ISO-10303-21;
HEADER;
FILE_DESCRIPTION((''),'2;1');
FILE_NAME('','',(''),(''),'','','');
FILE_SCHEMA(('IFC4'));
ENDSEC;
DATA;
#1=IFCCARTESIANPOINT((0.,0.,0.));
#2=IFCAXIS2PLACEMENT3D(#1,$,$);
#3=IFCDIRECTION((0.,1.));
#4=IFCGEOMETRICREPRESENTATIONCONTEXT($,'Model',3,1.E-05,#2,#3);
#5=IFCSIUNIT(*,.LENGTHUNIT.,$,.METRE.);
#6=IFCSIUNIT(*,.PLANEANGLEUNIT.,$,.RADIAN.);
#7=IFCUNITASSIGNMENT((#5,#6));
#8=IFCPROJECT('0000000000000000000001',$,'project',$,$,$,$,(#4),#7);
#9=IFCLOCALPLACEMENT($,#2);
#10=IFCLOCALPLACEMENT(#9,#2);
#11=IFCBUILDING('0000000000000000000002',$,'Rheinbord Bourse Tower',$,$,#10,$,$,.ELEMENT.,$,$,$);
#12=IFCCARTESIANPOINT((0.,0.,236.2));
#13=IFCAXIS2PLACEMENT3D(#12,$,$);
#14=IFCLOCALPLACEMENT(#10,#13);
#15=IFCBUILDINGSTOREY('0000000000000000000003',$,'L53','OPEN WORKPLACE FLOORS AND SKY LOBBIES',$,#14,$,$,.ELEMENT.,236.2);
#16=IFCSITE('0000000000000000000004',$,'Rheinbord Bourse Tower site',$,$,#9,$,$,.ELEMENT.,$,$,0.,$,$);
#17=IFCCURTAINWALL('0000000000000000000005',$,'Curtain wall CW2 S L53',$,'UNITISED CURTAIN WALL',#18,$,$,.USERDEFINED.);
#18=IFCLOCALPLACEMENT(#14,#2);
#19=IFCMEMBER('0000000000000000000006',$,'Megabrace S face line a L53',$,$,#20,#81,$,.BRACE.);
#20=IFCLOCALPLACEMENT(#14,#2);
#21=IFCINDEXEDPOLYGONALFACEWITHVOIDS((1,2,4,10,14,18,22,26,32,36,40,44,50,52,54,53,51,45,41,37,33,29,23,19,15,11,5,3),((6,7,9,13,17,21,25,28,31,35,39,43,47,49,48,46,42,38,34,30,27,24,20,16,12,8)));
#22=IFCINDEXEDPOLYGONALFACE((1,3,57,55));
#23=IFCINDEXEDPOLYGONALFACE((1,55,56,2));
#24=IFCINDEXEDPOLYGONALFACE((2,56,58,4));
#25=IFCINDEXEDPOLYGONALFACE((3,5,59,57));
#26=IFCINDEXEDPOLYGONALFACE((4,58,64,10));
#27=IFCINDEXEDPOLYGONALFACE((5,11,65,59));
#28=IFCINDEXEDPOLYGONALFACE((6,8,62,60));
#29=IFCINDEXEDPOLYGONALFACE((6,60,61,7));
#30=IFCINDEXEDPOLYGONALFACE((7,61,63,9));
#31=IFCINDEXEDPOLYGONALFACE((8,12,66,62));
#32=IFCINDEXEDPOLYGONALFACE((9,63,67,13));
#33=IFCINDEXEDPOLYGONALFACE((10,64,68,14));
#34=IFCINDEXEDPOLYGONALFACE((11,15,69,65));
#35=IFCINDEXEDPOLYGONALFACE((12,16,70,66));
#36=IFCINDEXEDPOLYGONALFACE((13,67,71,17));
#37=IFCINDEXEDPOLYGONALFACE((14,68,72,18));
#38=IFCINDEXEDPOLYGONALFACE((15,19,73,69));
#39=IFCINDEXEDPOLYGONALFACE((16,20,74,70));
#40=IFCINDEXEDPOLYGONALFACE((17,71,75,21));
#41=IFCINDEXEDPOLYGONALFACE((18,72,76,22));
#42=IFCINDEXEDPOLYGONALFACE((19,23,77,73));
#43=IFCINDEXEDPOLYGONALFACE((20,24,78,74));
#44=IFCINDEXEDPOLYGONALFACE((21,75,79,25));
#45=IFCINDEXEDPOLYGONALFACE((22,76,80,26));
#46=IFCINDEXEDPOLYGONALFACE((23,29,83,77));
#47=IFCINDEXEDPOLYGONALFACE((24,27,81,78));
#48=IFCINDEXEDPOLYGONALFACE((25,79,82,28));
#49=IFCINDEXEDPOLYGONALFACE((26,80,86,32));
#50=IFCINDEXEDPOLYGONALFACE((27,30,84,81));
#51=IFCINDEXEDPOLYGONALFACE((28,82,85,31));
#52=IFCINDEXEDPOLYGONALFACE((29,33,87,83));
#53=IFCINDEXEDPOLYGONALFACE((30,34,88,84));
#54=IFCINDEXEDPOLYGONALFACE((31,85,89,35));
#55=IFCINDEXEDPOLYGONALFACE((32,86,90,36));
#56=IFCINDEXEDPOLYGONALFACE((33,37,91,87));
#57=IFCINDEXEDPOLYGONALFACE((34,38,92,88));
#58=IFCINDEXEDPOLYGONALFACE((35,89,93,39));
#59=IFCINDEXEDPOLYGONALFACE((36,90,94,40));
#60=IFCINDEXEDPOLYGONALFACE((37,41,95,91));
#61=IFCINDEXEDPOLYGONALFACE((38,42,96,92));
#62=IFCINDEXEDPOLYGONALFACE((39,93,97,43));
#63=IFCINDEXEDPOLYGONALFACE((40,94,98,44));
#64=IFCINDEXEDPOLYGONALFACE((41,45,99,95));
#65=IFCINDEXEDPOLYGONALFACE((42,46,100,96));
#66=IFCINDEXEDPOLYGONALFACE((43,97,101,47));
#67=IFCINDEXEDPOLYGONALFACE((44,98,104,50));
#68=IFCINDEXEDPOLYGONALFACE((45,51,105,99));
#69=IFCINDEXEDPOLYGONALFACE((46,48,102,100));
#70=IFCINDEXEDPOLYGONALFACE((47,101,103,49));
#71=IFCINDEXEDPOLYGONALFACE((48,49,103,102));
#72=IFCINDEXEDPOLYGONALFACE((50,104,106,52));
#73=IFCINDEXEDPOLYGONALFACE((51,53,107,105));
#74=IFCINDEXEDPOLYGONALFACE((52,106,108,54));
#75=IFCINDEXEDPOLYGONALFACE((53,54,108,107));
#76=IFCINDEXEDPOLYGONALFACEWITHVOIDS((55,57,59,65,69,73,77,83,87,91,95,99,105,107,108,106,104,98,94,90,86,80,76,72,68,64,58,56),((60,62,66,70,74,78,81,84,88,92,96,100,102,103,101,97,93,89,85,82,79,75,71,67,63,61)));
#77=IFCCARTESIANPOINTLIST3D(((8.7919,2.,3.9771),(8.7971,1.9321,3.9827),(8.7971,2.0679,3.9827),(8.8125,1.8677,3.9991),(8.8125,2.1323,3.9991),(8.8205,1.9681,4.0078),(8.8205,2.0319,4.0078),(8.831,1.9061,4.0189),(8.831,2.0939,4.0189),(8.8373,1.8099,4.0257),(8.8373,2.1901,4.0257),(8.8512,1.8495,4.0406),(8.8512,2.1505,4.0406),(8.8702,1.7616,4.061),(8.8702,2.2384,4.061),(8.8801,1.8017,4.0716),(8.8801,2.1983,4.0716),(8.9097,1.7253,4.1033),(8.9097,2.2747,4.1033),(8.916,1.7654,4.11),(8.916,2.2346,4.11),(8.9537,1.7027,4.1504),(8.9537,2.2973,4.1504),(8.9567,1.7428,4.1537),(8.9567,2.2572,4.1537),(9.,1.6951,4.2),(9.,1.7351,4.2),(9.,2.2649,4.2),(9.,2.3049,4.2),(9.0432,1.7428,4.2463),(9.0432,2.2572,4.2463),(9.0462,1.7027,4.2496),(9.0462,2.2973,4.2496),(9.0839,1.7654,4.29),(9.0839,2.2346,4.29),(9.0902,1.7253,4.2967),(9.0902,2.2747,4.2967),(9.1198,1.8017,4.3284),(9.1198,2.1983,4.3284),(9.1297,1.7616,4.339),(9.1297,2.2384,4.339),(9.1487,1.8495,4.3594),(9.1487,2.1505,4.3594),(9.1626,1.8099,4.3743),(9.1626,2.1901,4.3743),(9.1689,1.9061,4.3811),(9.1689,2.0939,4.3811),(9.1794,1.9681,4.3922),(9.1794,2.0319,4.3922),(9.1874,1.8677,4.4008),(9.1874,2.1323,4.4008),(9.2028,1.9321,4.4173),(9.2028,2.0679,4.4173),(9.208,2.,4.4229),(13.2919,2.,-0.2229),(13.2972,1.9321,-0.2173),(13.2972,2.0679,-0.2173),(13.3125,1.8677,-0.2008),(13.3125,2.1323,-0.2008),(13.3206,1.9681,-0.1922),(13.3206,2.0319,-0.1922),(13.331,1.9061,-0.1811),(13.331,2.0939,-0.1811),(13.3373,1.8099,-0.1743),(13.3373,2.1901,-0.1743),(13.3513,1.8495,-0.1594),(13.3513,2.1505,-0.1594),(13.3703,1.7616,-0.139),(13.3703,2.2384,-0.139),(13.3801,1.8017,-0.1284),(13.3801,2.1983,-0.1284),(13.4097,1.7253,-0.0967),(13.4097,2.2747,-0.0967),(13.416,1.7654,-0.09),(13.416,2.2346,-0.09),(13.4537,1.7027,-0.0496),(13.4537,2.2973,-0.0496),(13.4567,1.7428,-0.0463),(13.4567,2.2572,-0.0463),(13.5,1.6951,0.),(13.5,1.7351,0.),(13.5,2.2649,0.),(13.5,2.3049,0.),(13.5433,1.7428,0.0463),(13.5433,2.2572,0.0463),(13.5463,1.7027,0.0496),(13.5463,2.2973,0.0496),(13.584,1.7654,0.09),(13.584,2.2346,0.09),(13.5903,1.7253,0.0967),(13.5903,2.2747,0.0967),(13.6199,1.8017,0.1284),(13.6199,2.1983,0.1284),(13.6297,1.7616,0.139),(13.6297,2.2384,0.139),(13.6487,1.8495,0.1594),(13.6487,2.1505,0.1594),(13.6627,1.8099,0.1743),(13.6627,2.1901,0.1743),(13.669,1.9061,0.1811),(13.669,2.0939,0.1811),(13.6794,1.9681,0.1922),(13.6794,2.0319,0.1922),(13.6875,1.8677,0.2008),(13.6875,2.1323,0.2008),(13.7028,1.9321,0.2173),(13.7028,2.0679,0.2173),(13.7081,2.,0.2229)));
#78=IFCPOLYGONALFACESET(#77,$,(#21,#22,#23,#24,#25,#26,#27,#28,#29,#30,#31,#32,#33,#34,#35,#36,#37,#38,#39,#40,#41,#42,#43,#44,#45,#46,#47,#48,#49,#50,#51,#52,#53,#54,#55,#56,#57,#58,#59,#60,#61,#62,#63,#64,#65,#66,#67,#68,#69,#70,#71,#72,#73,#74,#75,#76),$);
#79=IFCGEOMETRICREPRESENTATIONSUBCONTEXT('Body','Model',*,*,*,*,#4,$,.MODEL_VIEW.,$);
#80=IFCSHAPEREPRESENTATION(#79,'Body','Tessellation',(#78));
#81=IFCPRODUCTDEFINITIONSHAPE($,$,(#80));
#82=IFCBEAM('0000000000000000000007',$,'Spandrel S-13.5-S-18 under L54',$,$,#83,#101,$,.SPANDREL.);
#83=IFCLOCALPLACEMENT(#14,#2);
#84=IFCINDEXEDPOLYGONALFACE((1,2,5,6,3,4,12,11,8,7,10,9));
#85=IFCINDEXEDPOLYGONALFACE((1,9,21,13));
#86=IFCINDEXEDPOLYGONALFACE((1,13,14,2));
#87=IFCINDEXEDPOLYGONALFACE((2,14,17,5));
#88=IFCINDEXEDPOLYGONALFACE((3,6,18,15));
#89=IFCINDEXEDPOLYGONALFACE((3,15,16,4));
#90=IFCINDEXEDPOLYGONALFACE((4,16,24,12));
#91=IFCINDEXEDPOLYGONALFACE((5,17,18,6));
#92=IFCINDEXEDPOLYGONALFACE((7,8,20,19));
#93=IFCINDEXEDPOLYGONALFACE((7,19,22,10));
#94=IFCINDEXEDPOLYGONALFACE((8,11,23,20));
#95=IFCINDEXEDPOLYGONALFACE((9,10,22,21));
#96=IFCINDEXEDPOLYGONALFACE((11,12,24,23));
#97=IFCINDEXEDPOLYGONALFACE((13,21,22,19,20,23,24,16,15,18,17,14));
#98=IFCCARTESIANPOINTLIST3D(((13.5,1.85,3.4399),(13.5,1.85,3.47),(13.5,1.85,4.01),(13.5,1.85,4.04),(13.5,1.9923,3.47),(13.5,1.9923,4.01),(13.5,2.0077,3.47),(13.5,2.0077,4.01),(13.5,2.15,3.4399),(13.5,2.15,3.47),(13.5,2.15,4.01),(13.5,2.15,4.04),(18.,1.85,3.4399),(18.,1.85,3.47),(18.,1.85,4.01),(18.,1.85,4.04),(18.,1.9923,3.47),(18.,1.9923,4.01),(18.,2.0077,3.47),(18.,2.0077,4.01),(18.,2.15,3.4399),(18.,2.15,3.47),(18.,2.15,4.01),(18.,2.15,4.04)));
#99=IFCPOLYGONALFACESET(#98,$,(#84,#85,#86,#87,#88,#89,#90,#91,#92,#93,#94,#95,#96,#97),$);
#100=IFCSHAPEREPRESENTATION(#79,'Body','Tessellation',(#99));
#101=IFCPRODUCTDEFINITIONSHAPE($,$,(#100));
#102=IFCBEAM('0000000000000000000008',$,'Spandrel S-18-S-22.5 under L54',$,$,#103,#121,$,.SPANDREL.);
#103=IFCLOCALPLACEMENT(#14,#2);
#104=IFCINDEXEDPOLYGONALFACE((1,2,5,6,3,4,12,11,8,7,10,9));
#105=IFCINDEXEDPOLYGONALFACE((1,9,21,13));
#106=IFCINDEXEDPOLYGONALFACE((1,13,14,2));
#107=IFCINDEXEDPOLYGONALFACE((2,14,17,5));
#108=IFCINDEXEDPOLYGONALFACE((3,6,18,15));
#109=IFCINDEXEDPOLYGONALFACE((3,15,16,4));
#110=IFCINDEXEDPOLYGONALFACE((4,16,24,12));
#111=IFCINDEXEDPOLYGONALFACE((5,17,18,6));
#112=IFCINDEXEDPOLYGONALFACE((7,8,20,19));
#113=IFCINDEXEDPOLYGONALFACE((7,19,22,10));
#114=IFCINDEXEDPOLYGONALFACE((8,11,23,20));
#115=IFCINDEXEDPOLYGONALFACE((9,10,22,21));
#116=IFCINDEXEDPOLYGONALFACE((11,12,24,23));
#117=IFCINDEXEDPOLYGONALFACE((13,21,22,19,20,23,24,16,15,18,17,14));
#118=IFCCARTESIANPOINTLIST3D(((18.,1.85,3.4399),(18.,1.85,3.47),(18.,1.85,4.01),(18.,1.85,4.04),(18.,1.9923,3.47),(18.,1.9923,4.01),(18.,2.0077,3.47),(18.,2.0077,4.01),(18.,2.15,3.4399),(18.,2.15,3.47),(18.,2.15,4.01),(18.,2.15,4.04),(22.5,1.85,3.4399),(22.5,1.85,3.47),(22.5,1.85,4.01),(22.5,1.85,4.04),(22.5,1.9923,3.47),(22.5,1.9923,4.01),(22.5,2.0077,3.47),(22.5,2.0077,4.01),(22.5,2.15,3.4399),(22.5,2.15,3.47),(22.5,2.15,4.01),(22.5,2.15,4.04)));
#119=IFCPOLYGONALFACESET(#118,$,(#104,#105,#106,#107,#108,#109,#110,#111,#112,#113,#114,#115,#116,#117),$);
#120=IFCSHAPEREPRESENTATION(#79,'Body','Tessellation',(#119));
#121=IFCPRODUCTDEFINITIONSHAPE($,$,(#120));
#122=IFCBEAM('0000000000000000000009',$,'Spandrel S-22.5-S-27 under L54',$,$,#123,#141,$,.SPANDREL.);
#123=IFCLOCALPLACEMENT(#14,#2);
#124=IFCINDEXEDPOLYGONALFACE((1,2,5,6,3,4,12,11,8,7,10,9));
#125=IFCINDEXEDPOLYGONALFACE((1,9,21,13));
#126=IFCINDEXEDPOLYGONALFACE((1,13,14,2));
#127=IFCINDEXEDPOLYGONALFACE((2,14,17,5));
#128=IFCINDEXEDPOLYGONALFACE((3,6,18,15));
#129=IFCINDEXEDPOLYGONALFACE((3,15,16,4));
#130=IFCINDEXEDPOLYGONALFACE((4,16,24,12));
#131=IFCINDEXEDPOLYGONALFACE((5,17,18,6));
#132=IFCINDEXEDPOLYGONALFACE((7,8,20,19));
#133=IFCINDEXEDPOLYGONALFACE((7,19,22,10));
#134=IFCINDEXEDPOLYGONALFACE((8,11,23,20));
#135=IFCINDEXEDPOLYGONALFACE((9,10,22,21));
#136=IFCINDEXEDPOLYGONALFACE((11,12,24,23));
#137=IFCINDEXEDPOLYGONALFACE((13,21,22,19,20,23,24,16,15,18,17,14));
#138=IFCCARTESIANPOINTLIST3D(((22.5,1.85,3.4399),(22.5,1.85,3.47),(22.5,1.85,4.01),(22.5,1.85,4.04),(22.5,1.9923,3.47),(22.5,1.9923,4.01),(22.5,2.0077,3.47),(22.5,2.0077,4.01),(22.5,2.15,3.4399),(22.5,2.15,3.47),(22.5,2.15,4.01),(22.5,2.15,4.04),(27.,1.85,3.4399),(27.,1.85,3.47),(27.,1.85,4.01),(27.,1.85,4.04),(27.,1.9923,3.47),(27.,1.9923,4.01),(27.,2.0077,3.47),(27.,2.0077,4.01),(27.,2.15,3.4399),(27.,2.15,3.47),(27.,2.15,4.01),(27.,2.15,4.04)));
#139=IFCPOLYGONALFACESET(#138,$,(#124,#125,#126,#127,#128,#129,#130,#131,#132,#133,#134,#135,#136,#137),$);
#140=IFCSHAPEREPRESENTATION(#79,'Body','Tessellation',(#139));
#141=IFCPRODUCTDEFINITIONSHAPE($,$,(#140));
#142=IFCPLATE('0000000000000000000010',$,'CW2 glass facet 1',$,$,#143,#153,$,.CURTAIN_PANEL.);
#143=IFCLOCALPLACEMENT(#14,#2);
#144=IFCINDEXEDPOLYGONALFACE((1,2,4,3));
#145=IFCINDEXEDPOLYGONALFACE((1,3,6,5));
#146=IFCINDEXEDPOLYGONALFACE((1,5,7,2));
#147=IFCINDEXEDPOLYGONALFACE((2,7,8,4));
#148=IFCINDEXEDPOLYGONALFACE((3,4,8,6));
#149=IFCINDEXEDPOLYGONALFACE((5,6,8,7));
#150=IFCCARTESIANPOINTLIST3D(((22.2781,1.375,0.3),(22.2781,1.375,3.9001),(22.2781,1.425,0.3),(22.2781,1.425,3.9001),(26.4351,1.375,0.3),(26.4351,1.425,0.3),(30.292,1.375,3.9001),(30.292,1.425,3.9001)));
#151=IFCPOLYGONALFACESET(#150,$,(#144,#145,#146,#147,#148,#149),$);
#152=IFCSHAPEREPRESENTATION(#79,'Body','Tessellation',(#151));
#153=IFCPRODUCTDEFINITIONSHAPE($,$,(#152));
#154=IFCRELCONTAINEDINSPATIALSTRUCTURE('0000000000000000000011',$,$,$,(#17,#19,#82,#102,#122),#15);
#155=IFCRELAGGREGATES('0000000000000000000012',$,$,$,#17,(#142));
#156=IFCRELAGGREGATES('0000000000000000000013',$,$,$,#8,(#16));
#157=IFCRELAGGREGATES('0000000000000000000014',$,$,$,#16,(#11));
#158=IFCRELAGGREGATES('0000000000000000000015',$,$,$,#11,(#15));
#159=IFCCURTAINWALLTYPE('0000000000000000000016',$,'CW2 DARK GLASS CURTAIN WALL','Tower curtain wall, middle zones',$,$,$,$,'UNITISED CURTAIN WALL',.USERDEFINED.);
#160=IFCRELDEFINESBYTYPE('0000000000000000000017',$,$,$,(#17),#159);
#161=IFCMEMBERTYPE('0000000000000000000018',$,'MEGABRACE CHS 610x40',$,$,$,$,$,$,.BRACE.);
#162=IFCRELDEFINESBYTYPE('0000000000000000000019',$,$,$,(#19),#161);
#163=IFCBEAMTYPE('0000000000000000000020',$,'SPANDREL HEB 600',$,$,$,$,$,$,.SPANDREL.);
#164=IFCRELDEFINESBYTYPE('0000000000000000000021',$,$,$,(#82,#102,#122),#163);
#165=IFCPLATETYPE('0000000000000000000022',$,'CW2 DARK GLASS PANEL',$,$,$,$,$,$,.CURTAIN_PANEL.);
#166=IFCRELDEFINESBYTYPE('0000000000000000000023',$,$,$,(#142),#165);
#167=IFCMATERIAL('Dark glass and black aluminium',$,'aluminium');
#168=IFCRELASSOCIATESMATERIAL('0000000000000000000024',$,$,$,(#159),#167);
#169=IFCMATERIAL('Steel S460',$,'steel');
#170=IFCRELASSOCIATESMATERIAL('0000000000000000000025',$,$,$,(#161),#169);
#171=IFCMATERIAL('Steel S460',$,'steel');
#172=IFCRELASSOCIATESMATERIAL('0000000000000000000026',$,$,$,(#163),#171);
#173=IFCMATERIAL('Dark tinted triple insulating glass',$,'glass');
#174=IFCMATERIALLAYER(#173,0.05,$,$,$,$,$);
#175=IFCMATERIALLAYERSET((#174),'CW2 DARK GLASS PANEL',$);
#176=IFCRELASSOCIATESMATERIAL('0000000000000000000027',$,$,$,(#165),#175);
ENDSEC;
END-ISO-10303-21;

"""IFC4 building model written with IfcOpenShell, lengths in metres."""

from ifc_helpers import new_model, si_unit, direction, frame, origin, origin_2d, place, context, subcontext, project, spatial, polyline, hollow_circle, i_section, outline, extrude, material, layer, layer_set, material_profile, profile_set, type_object, element, aggregate, save


model = new_model("IFC4")

# Units and contexts
model_context = context("Model", 3, precision=1e-05, world=origin(), true_north=direction((0.0, 1.0)))
body_context = subcontext(model_context, "Body", "Model", "MODEL_VIEW")
ifc_project = project(units=[si_unit("LENGTHUNIT", "METRE"), si_unit("PLANEANGLEUNIT", "RADIAN")], contexts=[model_context])

# Site, building, storey
site_placement = place(None, origin())
site = spatial("IfcSite", under=ifc_project, at=site_placement, Name="Rheinbord Bourse Tower site", CompositionType="ELEMENT", RefElevation=0.0)
building_placement = place(site_placement, origin())
building = spatial("IfcBuilding", under=site, at=building_placement, Name="Rheinbord Bourse Tower", CompositionType="ELEMENT")
storey_placement = place(building_placement, frame((0.0, 0.0, 236.2)))
storey = spatial("IfcBuildingStorey", under=building, at=storey_placement, Name="L53", Description="OPEN WORKPLACE FLOORS AND SKY LOBBIES", CompositionType="ELEMENT", Elevation=236.2)

# Curtain wall
ifc_material_1 = material(Name="Dark glass and black aluminium", Category="aluminium")
curtain_wall_type = type_object("IfcCurtainWallType", Name="CW2 DARK GLASS CURTAIN WALL", Description="Tower curtain wall, middle zones", ElementType="UNITISED CURTAIN WALL", PredefinedType="USERDEFINED", material=ifc_material_1)
curtain_wall_placement = place(storey_placement, origin())
curtain_wall = element("IfcCurtainWall", 1, at=curtain_wall_placement, inside=storey, type_object=curtain_wall_type, Name="Curtain wall CW2 S L53", ObjectType="UNITISED CURTAIN WALL", PredefinedType="USERDEFINED")

# Member
ifc_material_2 = material(Name="Steel S460", Category="steel")
ifc_material_profile_1 = material_profile(ifc_material_2, hollow_circle(Radius=0.3049, WallThickness=0.04, at=origin_2d()), Name="CHS 610x40")
ifc_profile_set_1 = profile_set([ifc_material_profile_1], Name="Steel S460")
member_type_1 = type_object("IfcMemberType", Name="MEGABRACE CHS 610x40", PredefinedType="BRACE", material=ifc_profile_set_1)
member_1_placement = place(storey_placement, frame((13.5, 2.0, 0.0), z_axis=(-0.731059, 0.0, 0.682314), x_axis=(0.0, -1.0, 0.0)))
element("IfcMember", 2, at=member_1_placement, inside=storey, type_object=member_type_1, Name="Megabrace S face line a L53", PredefinedType="BRACE", context=body_context, shape_type="SweptSolid", body=[
    extrude(hollow_circle(Radius=0.3049, WallThickness=0.04, at=origin_2d()), origin(), (0.0, 0.0, 1.0), 6.1555),
])

# Beams
ifc_material_3 = material(Name="Steel S460", Category="steel")
ifc_material_profile_2 = material_profile(ifc_material_3, i_section(OverallWidth=0.3, OverallDepth=0.6001, WebThickness=0.0154, FlangeThickness=0.03, at=origin_2d()), Name="HEB 600")
ifc_profile_set_2 = profile_set([ifc_material_profile_2], Name="Steel S460")
beam_type_1 = type_object("IfcBeamType", Name="SPANDREL HEB 600", PredefinedType="SPANDREL", material=ifc_profile_set_2)
for number, where, z_axis, x_axis, name in (
    (3, (13.5, 2.0, 3.74), (1.0, 0.0, 0.0), (0.0, 1.0, 0.0), "Spandrel S-13.5-S-18 under L54"),
    (4, (18.0, 2.0, 3.74), (1.0, 0.0, 0.0), (0.0, 1.0, 0.0), "Spandrel S-18-S-22.5 under L54"),
    (5, (22.5, 2.0, 3.74), (1.0, 0.0, 0.0), (0.0, 1.0, 0.0), "Spandrel S-22.5-S-27 under L54"),
):
    element("IfcBeam", number, at=place(storey_placement, frame(where, z_axis=z_axis, x_axis=x_axis)), inside=storey, type_object=beam_type_1, Name=name, PredefinedType="SPANDREL", context=body_context, shape_type="SweptSolid", body=[
        extrude(i_section(OverallWidth=0.3, OverallDepth=0.6001, WebThickness=0.0154, FlangeThickness=0.03, at=origin_2d()), origin(), (0.0, 0.0, 1.0), 4.5),
    ])

# Plate
ifc_material_4 = material(Name="Dark tinted triple insulating glass", Category="glass")
ifc_layer = layer(ifc_material_4, 0.05)
ifc_layer_set = layer_set([ifc_layer], Name="CW2 DARK GLASS PANEL")
plate_type = type_object("IfcPlateType", Name="CW2 DARK GLASS PANEL", PredefinedType="CURTAIN_PANEL", material=ifc_layer_set)
plate_placement = place(storey_placement, frame((22.2781, 1.375, 0.3), z_axis=(0.0, 1.0, 0.0), x_axis=(0.0, 0.0, 1.0)))
plate = element("IfcPlate", 6, at=plate_placement, type_object=plate_type, Name="CW2 glass facet 1", PredefinedType="CURTAIN_PANEL", context=body_context, shape_type="SweptSolid", body=[
    extrude(outline(polyline([(0.0, 0.0), (3.6001, 0.0), (3.6001, 8.0139), (0.0, 4.157), (0.0, 0.0)])), origin(), (0.0, 0.0, 1.0), 0.05),
])
aggregate(curtain_wall, [plate])

save(model, "model.ifc")
